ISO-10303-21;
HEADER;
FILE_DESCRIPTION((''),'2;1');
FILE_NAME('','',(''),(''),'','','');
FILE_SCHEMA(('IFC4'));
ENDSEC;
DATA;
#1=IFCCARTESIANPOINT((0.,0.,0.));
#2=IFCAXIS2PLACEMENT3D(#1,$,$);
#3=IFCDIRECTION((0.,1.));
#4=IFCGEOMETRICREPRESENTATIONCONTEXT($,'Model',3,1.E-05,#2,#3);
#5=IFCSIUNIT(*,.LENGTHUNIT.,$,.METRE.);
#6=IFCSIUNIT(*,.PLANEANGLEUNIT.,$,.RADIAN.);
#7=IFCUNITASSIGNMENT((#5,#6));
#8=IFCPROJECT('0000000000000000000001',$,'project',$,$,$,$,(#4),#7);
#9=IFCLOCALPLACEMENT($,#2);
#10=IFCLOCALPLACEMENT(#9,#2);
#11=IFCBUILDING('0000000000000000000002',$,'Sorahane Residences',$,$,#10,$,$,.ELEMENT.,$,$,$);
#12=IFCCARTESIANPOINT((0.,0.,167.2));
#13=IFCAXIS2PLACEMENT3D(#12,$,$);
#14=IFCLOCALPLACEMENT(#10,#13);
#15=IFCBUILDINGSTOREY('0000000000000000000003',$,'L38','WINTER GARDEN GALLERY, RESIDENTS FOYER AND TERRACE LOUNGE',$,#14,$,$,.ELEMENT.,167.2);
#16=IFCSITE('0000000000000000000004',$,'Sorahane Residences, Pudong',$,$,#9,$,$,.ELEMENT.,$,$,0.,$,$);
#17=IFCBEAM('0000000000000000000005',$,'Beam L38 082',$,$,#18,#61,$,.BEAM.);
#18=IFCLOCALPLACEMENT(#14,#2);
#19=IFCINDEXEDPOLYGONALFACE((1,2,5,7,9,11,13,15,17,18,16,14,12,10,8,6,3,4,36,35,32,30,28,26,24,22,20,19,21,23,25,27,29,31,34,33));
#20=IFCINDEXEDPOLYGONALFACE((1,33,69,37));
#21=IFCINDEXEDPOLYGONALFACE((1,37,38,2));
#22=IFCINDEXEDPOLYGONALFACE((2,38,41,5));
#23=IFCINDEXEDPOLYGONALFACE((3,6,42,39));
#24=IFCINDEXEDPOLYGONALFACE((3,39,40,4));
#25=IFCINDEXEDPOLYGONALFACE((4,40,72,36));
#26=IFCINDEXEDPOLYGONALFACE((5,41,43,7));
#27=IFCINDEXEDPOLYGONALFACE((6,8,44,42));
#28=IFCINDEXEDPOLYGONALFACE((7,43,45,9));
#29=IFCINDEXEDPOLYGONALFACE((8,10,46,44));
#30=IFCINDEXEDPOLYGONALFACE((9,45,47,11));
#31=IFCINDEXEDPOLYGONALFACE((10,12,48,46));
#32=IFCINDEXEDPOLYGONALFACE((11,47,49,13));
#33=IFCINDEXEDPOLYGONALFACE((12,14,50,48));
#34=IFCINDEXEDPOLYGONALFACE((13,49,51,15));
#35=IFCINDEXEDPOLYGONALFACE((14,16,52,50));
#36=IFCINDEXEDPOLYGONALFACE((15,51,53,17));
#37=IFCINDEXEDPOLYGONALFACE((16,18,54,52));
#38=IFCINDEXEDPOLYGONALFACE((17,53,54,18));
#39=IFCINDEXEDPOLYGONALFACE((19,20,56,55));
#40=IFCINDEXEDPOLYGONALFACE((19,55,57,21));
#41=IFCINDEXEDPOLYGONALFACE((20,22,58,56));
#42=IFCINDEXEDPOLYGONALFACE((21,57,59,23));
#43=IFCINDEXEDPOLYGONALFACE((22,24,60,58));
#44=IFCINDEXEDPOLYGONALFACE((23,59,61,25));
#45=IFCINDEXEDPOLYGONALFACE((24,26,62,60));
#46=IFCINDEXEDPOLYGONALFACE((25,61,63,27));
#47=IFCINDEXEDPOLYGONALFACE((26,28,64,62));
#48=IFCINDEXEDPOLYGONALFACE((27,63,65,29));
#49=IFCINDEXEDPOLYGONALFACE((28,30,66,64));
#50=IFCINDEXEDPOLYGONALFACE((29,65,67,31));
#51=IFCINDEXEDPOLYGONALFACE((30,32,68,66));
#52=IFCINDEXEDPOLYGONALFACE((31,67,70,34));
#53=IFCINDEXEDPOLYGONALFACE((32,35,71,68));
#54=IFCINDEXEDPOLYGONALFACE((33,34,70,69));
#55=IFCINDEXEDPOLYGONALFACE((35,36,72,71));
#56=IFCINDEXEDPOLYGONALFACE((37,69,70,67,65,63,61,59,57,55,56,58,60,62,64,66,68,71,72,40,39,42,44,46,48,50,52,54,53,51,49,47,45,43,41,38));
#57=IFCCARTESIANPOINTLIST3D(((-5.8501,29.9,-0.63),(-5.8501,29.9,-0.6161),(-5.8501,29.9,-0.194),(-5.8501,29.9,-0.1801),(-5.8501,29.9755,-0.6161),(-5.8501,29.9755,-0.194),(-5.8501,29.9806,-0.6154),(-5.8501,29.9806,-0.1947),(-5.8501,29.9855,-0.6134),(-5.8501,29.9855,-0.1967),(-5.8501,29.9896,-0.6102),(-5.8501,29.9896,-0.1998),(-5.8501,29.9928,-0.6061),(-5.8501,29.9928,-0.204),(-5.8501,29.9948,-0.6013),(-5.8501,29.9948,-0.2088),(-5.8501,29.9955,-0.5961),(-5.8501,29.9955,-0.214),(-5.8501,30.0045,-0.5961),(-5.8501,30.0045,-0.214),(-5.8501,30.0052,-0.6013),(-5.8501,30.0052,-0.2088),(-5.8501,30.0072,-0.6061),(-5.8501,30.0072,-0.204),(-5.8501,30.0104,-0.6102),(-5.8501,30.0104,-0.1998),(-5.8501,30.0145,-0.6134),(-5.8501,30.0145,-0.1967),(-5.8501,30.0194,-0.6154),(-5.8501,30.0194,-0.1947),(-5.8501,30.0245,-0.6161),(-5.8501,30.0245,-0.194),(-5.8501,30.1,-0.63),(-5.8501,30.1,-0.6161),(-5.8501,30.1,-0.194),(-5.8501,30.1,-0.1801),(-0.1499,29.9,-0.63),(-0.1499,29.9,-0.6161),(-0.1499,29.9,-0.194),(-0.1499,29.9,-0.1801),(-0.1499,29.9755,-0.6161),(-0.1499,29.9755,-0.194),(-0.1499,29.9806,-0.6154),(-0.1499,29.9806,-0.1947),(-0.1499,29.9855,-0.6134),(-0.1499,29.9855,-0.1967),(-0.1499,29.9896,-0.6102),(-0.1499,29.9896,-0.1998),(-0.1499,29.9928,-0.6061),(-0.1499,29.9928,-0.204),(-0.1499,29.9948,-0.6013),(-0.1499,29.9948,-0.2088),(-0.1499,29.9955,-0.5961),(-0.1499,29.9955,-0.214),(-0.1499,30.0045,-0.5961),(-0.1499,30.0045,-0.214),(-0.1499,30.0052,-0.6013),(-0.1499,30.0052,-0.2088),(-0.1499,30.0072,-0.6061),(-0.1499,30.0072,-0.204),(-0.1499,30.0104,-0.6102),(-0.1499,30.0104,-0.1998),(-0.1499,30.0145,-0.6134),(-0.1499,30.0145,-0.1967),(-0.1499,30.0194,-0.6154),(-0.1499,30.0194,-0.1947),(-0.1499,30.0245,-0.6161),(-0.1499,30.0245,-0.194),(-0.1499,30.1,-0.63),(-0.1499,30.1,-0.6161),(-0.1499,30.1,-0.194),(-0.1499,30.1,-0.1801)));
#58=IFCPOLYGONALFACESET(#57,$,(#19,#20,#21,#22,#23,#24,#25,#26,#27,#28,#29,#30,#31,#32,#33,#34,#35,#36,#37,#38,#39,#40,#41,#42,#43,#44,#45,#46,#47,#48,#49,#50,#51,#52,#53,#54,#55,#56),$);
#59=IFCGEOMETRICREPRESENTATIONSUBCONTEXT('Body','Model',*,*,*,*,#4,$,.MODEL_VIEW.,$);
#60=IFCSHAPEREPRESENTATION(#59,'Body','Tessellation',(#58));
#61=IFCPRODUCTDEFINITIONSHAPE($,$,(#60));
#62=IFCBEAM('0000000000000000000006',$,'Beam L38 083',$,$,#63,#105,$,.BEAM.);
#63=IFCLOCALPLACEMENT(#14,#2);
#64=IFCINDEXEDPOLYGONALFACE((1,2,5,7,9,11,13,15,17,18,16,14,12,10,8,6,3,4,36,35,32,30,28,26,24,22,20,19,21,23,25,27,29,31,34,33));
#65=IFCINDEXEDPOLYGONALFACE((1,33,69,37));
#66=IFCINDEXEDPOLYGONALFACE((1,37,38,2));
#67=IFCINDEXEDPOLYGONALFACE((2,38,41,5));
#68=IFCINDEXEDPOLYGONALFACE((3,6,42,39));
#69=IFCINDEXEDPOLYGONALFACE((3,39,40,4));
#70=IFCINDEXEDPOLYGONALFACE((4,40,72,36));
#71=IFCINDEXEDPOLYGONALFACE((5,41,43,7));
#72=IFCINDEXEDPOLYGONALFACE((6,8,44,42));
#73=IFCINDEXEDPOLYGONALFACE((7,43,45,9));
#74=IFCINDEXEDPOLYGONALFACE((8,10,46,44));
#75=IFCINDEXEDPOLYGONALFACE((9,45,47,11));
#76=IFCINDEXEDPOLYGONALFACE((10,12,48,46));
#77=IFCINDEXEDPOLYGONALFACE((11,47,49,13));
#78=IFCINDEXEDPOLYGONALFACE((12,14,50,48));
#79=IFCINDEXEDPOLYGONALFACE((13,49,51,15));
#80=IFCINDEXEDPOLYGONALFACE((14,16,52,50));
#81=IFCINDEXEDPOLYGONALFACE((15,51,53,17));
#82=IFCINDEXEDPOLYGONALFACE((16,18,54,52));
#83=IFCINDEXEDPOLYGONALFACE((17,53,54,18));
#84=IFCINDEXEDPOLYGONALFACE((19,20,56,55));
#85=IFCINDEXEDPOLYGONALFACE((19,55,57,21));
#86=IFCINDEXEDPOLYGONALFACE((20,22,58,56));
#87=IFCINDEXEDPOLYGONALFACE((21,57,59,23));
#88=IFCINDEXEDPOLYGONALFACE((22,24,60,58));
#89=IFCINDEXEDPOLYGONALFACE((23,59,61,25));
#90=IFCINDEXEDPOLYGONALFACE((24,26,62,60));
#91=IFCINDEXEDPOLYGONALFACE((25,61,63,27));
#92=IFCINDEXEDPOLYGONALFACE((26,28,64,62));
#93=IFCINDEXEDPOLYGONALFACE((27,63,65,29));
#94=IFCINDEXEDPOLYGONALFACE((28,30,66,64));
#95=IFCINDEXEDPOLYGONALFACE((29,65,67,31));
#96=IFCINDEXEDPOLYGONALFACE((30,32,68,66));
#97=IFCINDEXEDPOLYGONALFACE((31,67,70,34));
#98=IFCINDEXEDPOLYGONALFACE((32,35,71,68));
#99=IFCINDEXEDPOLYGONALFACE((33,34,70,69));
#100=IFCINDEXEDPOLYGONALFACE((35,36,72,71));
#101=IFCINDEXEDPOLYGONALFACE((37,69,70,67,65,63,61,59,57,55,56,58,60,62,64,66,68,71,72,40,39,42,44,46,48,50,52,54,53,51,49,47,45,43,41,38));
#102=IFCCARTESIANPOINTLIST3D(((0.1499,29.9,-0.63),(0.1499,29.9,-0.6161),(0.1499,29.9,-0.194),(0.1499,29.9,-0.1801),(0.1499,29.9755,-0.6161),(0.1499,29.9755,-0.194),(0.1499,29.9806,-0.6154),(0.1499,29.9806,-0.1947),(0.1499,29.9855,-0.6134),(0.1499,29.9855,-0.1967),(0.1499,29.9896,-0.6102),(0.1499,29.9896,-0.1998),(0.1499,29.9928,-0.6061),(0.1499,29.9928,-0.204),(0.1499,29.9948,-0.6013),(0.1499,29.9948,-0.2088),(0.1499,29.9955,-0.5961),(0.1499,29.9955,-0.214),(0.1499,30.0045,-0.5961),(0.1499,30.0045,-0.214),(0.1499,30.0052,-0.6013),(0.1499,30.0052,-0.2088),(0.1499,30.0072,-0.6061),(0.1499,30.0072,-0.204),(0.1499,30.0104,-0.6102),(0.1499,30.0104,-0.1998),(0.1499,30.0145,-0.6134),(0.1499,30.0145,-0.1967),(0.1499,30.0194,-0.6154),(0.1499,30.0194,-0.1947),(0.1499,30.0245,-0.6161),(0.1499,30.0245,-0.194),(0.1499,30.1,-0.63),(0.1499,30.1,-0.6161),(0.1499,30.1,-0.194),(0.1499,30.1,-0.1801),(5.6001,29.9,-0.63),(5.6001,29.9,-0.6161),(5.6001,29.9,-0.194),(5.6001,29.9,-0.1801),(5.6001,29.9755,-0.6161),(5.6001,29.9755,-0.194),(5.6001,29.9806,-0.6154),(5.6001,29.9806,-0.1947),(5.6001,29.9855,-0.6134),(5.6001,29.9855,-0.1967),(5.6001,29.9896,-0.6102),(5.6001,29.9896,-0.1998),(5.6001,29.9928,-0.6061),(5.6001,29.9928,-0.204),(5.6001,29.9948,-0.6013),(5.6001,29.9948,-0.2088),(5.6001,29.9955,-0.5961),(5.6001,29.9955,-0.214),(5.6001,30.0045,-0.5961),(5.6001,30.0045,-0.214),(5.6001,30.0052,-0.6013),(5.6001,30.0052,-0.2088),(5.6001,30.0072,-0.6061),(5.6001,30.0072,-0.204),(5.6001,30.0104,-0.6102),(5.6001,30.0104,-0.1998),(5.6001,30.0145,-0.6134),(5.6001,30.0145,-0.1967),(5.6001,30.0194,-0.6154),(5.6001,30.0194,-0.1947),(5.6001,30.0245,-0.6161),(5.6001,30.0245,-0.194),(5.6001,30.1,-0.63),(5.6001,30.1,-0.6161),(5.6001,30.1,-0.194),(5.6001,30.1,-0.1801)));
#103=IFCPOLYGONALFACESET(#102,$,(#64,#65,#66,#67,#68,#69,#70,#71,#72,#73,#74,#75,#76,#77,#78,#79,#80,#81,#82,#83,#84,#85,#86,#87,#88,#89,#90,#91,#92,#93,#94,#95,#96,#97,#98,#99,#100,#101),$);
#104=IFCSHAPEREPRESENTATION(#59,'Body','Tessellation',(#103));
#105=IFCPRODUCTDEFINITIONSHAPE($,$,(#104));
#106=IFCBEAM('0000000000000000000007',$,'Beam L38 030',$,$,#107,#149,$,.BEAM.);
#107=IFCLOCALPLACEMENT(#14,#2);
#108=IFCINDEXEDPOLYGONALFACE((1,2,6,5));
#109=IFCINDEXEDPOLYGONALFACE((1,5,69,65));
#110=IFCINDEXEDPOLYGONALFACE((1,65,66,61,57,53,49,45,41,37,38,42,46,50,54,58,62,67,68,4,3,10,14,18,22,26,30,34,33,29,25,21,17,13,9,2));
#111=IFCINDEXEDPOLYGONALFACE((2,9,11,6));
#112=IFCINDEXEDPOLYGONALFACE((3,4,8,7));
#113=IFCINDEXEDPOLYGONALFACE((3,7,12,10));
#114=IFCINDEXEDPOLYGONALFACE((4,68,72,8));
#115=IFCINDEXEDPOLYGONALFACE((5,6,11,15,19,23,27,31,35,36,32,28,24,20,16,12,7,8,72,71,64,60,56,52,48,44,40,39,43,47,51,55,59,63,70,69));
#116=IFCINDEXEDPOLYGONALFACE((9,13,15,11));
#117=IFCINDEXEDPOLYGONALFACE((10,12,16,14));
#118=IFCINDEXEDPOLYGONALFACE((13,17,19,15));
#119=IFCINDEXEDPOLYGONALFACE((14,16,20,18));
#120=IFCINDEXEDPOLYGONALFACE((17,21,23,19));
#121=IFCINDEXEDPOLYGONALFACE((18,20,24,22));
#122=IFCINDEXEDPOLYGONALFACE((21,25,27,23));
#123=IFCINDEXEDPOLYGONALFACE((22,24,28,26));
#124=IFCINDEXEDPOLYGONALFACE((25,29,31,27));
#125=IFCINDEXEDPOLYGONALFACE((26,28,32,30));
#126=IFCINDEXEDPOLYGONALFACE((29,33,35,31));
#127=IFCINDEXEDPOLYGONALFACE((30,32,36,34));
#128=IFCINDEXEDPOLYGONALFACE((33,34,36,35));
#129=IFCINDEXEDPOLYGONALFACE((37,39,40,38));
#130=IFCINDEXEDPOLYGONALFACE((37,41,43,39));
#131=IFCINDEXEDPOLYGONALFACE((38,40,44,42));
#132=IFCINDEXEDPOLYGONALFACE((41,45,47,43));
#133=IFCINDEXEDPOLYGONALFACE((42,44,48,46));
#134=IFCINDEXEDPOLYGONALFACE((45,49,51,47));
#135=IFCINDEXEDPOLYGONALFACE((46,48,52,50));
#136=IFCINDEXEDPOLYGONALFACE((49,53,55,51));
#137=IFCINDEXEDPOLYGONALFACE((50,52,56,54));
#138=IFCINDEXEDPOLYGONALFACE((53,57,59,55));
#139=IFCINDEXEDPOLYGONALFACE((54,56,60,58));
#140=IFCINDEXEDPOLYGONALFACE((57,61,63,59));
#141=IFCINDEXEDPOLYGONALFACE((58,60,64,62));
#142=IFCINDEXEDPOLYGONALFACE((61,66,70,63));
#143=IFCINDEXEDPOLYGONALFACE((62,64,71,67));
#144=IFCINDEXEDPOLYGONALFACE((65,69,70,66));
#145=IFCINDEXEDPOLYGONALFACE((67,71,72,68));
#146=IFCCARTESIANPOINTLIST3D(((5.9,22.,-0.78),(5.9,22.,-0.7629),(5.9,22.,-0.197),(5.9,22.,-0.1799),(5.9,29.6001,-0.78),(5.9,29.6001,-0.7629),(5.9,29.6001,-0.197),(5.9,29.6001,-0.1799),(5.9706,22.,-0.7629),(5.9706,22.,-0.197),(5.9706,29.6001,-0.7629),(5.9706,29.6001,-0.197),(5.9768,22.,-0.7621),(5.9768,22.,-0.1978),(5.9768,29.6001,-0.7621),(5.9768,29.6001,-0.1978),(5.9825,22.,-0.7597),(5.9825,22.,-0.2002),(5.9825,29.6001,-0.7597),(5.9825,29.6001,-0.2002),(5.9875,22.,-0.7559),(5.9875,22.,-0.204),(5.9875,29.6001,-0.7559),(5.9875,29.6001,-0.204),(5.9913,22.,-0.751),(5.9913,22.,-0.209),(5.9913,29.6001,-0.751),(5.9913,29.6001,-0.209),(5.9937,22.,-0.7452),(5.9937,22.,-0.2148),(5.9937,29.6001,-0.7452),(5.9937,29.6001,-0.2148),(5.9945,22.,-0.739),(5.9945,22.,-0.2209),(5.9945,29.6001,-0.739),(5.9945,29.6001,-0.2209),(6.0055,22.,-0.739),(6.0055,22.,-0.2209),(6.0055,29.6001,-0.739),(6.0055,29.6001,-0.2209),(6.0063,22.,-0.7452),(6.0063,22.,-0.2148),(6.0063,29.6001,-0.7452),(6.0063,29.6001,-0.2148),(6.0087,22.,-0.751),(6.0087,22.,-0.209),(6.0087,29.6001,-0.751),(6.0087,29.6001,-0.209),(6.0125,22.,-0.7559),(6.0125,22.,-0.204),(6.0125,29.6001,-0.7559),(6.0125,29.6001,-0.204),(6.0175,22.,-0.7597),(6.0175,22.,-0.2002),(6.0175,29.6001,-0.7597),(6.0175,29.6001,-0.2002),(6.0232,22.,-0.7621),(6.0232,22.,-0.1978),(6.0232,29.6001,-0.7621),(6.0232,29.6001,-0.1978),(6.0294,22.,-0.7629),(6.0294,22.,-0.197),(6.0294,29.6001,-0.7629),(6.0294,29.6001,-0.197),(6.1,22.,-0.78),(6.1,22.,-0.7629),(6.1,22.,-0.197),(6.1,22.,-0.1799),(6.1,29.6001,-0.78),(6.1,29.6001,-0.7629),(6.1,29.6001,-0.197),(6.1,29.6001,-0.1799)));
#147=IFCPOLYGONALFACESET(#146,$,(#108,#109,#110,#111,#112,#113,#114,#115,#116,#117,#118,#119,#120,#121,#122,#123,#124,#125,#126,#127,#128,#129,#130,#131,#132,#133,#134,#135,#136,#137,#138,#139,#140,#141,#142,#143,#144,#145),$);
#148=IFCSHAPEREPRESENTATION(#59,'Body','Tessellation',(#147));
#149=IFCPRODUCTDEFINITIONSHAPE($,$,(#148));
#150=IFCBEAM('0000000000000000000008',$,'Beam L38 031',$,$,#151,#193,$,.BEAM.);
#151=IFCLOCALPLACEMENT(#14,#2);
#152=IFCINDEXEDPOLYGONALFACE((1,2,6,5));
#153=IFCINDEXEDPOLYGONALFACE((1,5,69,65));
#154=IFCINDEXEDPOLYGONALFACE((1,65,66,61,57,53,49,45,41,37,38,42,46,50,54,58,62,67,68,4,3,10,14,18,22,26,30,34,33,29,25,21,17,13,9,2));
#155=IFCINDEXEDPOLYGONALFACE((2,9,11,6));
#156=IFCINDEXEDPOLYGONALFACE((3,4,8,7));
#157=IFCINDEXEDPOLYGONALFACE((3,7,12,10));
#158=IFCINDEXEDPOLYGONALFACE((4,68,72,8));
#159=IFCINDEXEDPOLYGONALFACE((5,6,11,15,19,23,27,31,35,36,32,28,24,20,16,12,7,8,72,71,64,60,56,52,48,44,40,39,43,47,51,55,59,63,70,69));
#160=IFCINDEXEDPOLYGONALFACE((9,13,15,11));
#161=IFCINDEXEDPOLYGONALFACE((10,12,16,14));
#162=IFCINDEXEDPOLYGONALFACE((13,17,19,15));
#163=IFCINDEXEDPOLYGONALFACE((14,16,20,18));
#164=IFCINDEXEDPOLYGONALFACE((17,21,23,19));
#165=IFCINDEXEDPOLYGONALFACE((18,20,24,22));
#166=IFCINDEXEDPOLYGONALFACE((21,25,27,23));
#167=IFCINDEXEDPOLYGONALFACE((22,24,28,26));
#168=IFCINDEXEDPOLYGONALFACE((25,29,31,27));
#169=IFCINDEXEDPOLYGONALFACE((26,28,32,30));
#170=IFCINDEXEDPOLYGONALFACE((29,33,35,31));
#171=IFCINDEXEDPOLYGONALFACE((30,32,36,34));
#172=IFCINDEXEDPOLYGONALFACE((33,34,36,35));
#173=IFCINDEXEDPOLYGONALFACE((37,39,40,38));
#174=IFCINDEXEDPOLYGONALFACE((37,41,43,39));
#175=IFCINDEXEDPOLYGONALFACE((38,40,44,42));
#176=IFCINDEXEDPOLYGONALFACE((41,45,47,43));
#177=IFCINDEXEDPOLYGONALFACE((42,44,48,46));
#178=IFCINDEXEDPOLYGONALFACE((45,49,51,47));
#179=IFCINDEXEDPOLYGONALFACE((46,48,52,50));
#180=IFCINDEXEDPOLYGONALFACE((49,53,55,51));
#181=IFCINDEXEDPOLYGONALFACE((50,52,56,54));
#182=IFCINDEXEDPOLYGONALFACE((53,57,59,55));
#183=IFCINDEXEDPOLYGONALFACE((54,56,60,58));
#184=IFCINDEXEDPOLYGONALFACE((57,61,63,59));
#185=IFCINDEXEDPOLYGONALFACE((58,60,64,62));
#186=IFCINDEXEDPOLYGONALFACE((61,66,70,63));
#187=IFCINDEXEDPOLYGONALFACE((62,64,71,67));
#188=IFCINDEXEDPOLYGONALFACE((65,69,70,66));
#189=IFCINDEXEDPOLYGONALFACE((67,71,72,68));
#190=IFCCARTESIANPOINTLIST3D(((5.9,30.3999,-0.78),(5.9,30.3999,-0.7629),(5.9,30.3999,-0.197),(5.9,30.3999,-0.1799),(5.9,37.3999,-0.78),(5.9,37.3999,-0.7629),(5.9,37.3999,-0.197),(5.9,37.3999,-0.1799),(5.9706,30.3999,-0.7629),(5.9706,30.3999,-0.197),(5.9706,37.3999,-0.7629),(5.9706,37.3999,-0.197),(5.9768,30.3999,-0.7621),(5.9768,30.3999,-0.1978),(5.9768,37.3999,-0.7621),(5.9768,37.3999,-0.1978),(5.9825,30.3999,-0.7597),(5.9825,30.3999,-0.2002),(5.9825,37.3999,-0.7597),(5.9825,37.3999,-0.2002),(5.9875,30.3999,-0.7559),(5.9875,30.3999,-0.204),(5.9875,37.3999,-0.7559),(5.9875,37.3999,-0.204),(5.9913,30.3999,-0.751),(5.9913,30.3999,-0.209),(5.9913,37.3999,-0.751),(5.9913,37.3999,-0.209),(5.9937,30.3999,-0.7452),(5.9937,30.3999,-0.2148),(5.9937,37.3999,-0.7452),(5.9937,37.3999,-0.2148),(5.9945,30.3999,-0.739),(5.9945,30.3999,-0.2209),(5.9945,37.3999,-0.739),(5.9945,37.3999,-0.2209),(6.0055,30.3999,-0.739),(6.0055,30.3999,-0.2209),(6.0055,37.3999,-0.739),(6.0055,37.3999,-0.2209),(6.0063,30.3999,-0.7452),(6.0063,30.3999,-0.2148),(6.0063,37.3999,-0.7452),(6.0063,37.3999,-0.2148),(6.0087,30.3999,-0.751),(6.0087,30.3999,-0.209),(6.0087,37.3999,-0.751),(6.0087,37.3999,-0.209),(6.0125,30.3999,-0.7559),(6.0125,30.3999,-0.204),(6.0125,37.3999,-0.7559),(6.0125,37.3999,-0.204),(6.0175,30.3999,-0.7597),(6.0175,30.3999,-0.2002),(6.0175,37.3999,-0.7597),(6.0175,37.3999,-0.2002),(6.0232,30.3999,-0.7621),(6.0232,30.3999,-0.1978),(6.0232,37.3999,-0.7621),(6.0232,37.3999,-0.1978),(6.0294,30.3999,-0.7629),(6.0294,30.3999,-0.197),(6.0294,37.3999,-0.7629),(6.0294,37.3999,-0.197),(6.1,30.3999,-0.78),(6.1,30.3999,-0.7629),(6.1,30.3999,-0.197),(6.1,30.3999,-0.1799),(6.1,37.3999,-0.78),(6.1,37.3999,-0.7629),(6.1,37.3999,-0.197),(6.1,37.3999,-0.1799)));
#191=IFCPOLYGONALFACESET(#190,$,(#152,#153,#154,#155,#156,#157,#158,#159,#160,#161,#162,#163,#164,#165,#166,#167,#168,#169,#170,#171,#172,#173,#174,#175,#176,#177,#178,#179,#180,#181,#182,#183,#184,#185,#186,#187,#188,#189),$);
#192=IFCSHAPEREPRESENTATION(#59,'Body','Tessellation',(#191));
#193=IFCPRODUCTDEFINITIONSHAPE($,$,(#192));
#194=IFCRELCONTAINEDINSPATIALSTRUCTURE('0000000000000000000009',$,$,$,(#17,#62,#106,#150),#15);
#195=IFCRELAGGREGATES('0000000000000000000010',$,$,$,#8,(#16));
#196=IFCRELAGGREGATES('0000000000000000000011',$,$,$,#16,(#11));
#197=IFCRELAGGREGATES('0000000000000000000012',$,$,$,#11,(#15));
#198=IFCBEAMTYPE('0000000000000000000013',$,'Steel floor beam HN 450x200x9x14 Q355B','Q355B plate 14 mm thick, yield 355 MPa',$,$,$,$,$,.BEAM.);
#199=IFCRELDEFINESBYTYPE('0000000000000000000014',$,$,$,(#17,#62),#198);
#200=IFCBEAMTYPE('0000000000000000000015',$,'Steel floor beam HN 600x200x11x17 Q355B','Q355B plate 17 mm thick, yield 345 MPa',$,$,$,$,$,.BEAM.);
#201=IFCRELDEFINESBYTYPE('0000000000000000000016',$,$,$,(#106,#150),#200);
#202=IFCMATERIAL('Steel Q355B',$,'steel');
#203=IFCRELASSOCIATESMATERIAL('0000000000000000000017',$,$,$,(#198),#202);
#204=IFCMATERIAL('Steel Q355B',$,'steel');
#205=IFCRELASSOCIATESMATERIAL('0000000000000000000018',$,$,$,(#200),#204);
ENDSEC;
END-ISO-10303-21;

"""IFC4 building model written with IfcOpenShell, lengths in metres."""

from ifc_helpers import new_model, si_unit, direction, frame, origin, origin_2d, place, context, subcontext, project, spatial, i_section, extrude, material, material_profile, profile_set, type_object, element, save


model = new_model("IFC4")

# Units and contexts
model_context = context("Model", 3, precision=1e-05, world=origin(), true_north=direction((0.0, 1.0)))
body_context = subcontext(model_context, "Body", "Model", "MODEL_VIEW")
ifc_project = project(units=[si_unit("LENGTHUNIT", "METRE"), si_unit("PLANEANGLEUNIT", "RADIAN")], contexts=[model_context])

# Site, building, storey
site_placement = place(None, origin())
site = spatial("IfcSite", under=ifc_project, at=site_placement, Name="Sorahane Residences, Pudong", CompositionType="ELEMENT", RefElevation=0.0)
building_placement = place(site_placement, origin())
building = spatial("IfcBuilding", under=site, at=building_placement, Name="Sorahane Residences", CompositionType="ELEMENT")
storey_placement = place(building_placement, frame((0.0, 0.0, 167.2)))
storey = spatial("IfcBuildingStorey", under=building, at=storey_placement, Name="L38", Description="WINTER GARDEN GALLERY, RESIDENTS FOYER AND TERRACE LOUNGE", CompositionType="ELEMENT", Elevation=167.2)

# Beams
ifc_material_1 = material(Name="Steel Q355B", Category="steel")
ifc_material_profile_1 = material_profile(ifc_material_1, i_section(OverallWidth=0.2, OverallDepth=0.45, WebThickness=0.009, FlangeThickness=0.0139, FilletRadius=0.02, at=origin_2d()), Name="HN 450x200x9x14")
ifc_profile_set_1 = profile_set([ifc_material_profile_1], Name="Steel Q355B")
beam_type_1 = type_object("IfcBeamType", Name="Steel floor beam HN 450x200x9x14 Q355B", Description="Q355B plate 14 mm thick, yield 355 MPa", PredefinedType="BEAM", material=ifc_profile_set_1)
beam_1_placement = place(storey_placement, frame((-5.8501, 30.0, -0.405), z_axis=(1.0, 0.0, 0.0), x_axis=(0.0, 1.0, 0.0)))
element("IfcBeam", 1, at=beam_1_placement, inside=storey, type_object=beam_type_1, Name="Beam L38 082", PredefinedType="BEAM", context=body_context, shape_type="SweptSolid", body=[
    extrude(i_section(OverallWidth=0.2, OverallDepth=0.45, WebThickness=0.009, FlangeThickness=0.0139, FilletRadius=0.02, at=origin_2d()), origin(), (0.0, 0.0, 1.0), 5.7002),
])
beam_2_placement = place(storey_placement, frame((0.1499, 30.0, -0.405), z_axis=(1.0, 0.0, 0.0), x_axis=(0.0, 1.0, 0.0)))
element("IfcBeam", 2, at=beam_2_placement, inside=storey, type_object=beam_type_1, Name="Beam L38 083", PredefinedType="BEAM", context=body_context, shape_type="SweptSolid", body=[
    extrude(i_section(OverallWidth=0.2, OverallDepth=0.45, WebThickness=0.009, FlangeThickness=0.0139, FilletRadius=0.02, at=origin_2d()), origin(), (0.0, 0.0, 1.0), 5.4502),
])
ifc_material_2 = material(Name="Steel Q355B", Category="steel")
ifc_material_profile_2 = material_profile(ifc_material_2, i_section(OverallWidth=0.2, OverallDepth=0.6001, WebThickness=0.011, FlangeThickness=0.0171, FilletRadius=0.0239, at=origin_2d()), Name="HN 600x200x11x17")
ifc_profile_set_2 = profile_set([ifc_material_profile_2], Name="Steel Q355B")
beam_type_2 = type_object("IfcBeamType", Name="Steel floor beam HN 600x200x11x17 Q355B", Description="Q355B plate 17 mm thick, yield 345 MPa", PredefinedType="BEAM", material=ifc_profile_set_2)
beam_3_placement = place(storey_placement, frame((6.0, 22.0, -0.48), z_axis=(0.0, 1.0, 0.0), x_axis=(-1.0, 0.0, 0.0)))
element("IfcBeam", 3, at=beam_3_placement, inside=storey, type_object=beam_type_2, Name="Beam L38 030", PredefinedType="BEAM", context=body_context, shape_type="SweptSolid", body=[
    extrude(i_section(OverallWidth=0.2, OverallDepth=0.6001, WebThickness=0.011, FlangeThickness=0.0171, FilletRadius=0.0239, at=origin_2d()), origin(), (0.0, 0.0, 1.0), 7.6001),
])
beam_4_placement = place(storey_placement, frame((6.0, 30.3999, -0.48), z_axis=(0.0, 1.0, 0.0), x_axis=(-1.0, 0.0, 0.0)))
element("IfcBeam", 4, at=beam_4_placement, inside=storey, type_object=beam_type_2, Name="Beam L38 031", PredefinedType="BEAM", context=body_context, shape_type="SweptSolid", body=[
    extrude(i_section(OverallWidth=0.2, OverallDepth=0.6001, WebThickness=0.011, FlangeThickness=0.0171, FilletRadius=0.0239, at=origin_2d()), origin(), (0.0, 0.0, 1.0), 7.0),
])

save(model, "model.ifc")
